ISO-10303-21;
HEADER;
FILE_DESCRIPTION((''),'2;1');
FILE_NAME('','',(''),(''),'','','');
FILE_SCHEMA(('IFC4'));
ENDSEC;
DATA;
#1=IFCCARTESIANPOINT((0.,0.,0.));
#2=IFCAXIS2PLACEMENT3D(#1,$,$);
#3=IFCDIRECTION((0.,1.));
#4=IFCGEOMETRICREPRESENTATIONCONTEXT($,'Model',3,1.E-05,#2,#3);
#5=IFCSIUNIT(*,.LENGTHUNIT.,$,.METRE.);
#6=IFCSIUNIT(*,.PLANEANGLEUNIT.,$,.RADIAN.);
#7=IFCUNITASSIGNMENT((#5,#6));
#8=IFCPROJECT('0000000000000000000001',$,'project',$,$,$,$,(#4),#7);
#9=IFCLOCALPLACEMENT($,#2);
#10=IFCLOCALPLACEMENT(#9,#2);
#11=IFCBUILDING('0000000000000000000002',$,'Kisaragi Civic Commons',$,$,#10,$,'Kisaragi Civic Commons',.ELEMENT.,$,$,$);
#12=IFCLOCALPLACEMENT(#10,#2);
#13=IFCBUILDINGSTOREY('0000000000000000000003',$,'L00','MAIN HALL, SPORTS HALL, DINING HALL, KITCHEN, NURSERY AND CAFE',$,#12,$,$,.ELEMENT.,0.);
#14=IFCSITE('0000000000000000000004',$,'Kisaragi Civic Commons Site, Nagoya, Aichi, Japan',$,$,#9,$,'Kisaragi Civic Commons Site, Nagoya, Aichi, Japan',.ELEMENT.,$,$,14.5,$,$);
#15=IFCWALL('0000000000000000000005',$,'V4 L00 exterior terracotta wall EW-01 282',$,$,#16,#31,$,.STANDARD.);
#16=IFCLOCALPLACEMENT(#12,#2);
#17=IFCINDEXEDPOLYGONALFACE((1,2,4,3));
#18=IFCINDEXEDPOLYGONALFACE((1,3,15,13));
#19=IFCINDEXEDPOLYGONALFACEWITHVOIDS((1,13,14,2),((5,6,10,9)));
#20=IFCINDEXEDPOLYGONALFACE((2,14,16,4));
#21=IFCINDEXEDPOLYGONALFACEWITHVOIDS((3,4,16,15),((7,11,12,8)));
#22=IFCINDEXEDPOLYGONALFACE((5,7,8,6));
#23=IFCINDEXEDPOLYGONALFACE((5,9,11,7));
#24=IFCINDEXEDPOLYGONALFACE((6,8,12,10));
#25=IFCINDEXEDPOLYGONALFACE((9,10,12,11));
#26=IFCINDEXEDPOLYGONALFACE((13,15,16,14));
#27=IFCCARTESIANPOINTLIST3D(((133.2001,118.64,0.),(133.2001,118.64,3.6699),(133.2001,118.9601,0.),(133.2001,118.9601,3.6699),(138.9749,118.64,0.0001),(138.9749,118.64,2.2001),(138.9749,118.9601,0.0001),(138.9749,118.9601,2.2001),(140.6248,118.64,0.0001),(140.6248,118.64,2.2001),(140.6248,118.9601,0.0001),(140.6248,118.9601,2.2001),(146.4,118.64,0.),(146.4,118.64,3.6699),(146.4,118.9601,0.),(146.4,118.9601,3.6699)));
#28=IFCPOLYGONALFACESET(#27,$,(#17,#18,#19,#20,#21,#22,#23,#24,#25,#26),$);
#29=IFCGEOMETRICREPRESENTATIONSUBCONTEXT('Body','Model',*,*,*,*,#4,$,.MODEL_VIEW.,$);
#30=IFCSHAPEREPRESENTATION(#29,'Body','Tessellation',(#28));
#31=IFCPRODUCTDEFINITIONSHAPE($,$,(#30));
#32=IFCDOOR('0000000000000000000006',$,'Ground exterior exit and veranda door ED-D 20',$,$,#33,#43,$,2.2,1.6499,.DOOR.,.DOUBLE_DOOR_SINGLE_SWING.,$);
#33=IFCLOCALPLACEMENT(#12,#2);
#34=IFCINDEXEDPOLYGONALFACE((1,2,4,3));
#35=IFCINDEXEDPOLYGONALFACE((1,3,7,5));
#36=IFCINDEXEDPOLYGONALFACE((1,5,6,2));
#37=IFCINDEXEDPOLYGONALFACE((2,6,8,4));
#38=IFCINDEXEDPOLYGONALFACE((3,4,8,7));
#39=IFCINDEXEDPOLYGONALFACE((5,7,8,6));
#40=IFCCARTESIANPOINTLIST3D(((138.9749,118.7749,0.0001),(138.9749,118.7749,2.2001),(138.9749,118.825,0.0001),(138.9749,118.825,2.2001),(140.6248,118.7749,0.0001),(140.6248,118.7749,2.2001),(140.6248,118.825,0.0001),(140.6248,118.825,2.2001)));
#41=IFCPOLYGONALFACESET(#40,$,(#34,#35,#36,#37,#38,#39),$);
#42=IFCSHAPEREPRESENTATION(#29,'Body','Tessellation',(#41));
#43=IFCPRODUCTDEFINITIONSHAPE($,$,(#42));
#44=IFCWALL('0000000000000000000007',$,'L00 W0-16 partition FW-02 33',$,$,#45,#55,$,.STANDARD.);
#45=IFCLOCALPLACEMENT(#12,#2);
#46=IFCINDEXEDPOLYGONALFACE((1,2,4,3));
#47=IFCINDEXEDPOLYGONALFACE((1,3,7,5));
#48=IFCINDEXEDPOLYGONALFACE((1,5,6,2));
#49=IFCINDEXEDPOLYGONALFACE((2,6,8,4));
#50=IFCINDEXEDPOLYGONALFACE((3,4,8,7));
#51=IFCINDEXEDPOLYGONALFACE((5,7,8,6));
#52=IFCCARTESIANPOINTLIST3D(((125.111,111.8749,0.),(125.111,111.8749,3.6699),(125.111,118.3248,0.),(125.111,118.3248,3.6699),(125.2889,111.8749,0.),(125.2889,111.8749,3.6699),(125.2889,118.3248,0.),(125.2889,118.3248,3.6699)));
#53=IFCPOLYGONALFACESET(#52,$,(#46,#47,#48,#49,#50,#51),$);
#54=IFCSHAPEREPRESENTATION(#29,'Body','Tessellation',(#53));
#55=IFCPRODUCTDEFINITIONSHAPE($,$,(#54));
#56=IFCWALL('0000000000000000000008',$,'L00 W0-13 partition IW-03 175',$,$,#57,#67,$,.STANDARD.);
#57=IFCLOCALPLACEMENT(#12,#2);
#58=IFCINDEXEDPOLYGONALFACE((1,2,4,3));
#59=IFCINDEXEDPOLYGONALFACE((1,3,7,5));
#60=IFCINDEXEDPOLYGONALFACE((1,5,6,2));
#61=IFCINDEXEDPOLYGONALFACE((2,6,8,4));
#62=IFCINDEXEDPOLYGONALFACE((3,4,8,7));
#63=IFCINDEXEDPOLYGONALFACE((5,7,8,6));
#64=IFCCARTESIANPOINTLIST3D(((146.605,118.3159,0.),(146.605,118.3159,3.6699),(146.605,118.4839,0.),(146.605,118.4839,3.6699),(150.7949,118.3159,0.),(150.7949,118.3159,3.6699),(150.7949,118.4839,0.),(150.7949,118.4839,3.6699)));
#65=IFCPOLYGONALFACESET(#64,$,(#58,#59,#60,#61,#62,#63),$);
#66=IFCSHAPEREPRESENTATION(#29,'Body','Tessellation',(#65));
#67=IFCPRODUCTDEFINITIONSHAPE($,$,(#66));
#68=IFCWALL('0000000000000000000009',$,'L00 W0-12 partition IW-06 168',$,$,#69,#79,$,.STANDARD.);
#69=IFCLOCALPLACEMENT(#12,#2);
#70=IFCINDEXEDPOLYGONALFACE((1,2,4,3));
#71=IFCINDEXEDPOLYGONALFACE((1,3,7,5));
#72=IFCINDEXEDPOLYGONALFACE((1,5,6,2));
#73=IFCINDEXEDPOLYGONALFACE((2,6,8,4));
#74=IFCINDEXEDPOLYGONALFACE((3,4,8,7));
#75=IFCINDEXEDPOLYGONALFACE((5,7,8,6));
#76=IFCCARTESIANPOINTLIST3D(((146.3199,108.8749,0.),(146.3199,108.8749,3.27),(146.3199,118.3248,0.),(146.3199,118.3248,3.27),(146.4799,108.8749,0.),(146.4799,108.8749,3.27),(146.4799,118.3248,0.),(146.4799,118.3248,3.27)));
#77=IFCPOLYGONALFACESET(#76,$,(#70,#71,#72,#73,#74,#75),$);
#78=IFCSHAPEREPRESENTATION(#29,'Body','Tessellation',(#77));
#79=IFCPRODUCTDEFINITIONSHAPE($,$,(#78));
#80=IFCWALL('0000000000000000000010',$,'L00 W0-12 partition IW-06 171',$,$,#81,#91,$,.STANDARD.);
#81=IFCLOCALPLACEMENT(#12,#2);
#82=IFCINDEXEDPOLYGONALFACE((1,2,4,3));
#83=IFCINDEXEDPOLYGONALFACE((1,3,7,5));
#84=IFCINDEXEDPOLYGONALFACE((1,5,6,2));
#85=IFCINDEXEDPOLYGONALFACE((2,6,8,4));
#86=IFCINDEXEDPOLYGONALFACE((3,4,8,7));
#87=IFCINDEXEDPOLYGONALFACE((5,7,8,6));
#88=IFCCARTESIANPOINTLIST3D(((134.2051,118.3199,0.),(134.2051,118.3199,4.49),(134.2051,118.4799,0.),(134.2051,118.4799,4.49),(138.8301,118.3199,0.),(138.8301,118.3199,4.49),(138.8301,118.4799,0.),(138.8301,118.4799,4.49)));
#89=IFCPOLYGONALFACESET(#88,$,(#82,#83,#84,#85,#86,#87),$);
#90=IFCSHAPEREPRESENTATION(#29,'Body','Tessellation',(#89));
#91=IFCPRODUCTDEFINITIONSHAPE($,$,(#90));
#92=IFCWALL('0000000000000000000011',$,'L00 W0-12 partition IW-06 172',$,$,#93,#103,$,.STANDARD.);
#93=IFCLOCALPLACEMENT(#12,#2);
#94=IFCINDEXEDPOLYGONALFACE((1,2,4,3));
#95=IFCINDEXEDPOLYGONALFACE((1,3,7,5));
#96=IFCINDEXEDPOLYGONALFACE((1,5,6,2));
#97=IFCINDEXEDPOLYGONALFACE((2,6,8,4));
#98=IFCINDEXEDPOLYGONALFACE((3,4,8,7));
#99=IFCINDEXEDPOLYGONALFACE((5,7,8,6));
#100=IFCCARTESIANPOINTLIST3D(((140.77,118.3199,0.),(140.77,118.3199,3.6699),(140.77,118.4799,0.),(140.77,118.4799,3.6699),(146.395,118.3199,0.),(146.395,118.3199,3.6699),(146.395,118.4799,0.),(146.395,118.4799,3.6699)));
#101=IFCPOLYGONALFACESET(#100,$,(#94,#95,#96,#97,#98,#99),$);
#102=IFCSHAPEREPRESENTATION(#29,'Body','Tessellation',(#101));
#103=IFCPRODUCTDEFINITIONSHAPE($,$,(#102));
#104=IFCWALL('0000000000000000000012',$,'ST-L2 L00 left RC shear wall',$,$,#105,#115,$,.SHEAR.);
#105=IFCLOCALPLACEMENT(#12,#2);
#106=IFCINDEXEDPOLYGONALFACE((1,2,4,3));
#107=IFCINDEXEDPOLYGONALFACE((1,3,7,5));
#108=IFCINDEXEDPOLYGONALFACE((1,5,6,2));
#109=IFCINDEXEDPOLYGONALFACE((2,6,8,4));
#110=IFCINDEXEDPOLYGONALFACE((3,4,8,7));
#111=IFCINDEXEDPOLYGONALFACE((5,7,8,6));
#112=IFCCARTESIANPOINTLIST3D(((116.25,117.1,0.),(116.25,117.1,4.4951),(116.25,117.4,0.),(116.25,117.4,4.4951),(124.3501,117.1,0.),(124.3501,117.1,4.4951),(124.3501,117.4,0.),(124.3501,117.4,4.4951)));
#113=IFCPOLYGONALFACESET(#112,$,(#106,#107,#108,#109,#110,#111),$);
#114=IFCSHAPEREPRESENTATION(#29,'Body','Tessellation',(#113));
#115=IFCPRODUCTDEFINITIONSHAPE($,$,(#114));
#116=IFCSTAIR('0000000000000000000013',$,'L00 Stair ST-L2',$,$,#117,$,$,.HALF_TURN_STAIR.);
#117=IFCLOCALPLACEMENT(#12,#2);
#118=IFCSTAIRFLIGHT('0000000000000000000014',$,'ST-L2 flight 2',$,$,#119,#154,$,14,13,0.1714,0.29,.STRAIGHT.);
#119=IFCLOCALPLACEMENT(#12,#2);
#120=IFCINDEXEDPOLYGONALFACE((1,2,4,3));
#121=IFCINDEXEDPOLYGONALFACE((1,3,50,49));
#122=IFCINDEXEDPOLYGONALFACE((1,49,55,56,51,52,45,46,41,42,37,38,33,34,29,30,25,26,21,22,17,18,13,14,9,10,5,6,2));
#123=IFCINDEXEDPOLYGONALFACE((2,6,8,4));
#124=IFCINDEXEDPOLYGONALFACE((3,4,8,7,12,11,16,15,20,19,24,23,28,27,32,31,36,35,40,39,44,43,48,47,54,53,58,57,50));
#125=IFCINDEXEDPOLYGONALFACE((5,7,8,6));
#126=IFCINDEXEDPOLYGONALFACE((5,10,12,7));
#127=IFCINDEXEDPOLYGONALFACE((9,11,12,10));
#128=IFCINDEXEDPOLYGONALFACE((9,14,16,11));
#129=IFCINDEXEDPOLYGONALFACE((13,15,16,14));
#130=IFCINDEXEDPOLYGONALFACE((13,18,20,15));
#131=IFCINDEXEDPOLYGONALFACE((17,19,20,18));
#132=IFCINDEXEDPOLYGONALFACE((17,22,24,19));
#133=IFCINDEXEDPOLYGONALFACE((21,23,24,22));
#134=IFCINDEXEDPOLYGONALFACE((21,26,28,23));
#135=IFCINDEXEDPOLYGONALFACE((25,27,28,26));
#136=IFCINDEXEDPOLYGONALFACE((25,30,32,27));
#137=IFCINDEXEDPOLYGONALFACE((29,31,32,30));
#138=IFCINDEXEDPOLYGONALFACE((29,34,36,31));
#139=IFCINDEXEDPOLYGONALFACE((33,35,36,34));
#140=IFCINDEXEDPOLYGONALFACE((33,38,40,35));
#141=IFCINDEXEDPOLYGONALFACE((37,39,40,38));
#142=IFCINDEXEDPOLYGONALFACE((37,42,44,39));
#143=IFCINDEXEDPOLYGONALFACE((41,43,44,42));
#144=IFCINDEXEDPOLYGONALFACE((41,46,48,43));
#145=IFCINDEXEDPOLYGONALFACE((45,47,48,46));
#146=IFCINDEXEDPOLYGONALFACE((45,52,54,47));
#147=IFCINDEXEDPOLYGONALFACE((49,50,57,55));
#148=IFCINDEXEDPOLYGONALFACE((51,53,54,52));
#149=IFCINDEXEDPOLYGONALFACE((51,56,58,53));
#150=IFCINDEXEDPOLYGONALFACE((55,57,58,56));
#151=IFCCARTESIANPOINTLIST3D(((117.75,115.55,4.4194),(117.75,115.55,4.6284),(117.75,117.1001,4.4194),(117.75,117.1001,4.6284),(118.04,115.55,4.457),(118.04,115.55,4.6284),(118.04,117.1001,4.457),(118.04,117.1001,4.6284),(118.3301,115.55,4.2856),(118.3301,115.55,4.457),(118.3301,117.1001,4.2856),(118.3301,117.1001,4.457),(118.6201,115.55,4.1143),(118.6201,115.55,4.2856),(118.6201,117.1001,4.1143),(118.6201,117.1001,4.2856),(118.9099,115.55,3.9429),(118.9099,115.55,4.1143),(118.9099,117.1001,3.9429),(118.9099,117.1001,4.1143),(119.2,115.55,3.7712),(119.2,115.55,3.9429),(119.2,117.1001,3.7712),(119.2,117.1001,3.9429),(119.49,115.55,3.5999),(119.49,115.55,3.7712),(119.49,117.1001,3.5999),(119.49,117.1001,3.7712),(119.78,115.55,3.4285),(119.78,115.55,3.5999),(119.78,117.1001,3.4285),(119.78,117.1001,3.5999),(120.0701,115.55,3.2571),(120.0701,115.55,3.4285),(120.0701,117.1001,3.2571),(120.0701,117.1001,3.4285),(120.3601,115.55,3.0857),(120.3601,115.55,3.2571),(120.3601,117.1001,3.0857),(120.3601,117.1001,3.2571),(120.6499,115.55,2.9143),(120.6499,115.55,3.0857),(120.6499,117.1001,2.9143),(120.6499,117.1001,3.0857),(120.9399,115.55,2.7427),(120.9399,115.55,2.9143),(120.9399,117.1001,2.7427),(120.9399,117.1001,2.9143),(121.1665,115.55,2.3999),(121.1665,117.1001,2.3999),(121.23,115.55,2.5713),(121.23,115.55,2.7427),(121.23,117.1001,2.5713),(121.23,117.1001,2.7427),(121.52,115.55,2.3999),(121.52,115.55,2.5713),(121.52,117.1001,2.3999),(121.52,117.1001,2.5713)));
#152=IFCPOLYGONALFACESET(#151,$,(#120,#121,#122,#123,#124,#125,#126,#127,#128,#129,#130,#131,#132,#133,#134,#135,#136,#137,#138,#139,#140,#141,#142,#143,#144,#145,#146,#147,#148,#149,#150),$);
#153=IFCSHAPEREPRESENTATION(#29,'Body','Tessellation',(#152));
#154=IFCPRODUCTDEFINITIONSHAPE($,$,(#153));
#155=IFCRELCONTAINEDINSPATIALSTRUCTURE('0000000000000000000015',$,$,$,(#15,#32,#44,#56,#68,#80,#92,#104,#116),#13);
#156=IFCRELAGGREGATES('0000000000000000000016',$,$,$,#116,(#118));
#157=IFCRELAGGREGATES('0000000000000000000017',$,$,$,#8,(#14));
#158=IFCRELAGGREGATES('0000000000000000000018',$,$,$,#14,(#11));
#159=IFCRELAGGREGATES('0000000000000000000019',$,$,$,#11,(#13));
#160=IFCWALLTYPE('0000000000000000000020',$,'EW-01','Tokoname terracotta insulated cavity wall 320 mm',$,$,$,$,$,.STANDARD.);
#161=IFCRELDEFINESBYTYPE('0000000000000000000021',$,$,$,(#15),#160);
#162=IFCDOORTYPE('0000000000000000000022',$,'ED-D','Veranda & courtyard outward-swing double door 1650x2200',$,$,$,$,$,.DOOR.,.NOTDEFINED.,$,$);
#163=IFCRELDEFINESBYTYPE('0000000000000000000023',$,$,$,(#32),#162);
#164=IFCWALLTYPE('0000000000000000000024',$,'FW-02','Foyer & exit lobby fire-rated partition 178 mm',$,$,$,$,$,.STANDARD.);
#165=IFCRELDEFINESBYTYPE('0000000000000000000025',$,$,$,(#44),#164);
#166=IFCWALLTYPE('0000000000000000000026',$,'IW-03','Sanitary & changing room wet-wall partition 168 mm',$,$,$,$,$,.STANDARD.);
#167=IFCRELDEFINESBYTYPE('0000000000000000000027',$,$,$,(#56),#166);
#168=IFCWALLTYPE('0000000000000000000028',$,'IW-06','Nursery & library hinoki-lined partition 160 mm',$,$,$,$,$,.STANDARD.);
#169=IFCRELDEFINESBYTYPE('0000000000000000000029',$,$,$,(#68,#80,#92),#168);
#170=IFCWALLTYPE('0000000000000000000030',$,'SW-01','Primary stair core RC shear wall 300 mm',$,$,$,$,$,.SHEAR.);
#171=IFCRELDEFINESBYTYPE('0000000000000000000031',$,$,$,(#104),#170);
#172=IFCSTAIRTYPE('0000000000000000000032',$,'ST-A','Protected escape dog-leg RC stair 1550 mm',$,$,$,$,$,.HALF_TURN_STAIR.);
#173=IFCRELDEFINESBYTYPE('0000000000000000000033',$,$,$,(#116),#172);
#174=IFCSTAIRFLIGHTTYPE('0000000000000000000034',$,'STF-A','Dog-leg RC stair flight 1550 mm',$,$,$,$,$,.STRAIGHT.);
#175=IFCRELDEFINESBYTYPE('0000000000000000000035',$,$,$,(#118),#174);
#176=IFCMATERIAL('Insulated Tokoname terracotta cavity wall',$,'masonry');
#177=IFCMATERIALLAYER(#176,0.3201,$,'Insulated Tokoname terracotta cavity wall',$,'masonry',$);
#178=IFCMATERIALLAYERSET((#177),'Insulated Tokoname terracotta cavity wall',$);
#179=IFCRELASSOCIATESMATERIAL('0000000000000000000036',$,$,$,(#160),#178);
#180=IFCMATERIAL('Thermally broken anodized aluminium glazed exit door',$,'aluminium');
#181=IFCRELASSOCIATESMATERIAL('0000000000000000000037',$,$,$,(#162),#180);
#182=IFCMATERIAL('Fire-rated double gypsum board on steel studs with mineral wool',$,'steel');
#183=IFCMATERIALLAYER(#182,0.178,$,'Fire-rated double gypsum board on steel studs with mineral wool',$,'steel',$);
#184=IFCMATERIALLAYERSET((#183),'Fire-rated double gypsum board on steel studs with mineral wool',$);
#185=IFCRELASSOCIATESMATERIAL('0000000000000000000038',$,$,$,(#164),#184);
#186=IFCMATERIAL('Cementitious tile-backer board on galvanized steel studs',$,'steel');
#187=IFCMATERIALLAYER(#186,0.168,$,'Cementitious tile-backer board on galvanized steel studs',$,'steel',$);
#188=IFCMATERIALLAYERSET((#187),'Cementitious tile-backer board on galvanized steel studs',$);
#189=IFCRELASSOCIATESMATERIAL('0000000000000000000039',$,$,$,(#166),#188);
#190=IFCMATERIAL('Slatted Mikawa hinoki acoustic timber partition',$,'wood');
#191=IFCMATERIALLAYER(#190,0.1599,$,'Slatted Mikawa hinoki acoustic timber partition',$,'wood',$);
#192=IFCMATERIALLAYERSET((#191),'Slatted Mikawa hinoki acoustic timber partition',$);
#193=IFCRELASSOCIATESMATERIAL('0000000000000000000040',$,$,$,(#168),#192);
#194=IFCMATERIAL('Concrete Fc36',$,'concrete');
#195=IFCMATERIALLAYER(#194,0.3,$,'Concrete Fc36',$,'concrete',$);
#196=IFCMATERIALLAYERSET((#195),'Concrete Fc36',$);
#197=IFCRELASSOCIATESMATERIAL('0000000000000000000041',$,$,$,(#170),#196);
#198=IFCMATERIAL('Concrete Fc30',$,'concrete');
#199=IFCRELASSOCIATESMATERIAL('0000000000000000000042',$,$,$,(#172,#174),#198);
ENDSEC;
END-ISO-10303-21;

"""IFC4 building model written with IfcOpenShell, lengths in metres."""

from ifc_helpers import new_model, si_unit, direction, frame, frame_2d, origin, place, context, subcontext, project, spatial, polyline, rectangle, outline, extrude, material, layer, layer_set, type_object, element, fill, aggregate, save


model = new_model("IFC4")

# Units and contexts
model_context = context("Model", 3, precision=1e-05, world=origin(), true_north=direction((0.0, 1.0)))
body_context = subcontext(model_context, "Body", "Model", "MODEL_VIEW")
ifc_project = project(units=[si_unit("LENGTHUNIT", "METRE"), si_unit("PLANEANGLEUNIT", "RADIAN")], contexts=[model_context])

# Site, building, storey
site_placement = place(None, origin())
site = spatial("IfcSite", under=ifc_project, at=site_placement, Name="Kisaragi Civic Commons Site, Nagoya, Aichi, Japan", LongName="Kisaragi Civic Commons Site, Nagoya, Aichi, Japan", CompositionType="ELEMENT", RefElevation=14.5)
building_placement = place(site_placement, origin())
building = spatial("IfcBuilding", under=site, at=building_placement, Name="Kisaragi Civic Commons", LongName="Kisaragi Civic Commons", CompositionType="ELEMENT")
storey_placement = place(building_placement, origin())
storey = spatial("IfcBuildingStorey", under=building, at=storey_placement, Name="L00", Description="MAIN HALL, SPORTS HALL, DINING HALL, KITCHEN, NURSERY AND CAFE", CompositionType="ELEMENT", Elevation=0.0)

# Shared definitions
ifc_material_1 = material(Name="Concrete Fc36", Category="concrete")

# Wall, opening, door
ifc_material_2 = material(Name="Insulated Tokoname terracotta cavity wall", Category="masonry")
ifc_layer_1 = layer(ifc_material_2, 0.3201, Name="Insulated Tokoname terracotta cavity wall", Category="masonry")
ifc_layer_set_1 = layer_set([ifc_layer_1], Name="Insulated Tokoname terracotta cavity wall")
wall_type_1 = type_object("IfcWallType", Name="EW-01", Description="Tokoname terracotta insulated cavity wall 320 mm", PredefinedType="STANDARD", material=ifc_layer_set_1)
ifc_material_3 = material(Name="Thermally broken anodized aluminium glazed exit door", Category="aluminium")
wall_1_placement = place(storey_placement, frame((133.2, 118.8, 0.0), z_axis=(0.0, 0.0, 1.0), x_axis=(1.0, 0.0, 0.0)))
wall_1 = element("IfcWall", 1, at=wall_1_placement, inside=storey, type_object=wall_type_1, Name="V4 L00 exterior terracotta wall EW-01 282", PredefinedType="STANDARD", context=body_context, shape_type="SweptSolid", body=[
    extrude(rectangle(XDim=13.2, YDim=0.3201, at=frame_2d((6.6001, 0.0))), origin(), (0.0, 0.0, 1.0), 3.6699),
])
opening_1_placement = place(wall_1_placement, frame((5.7749, 0.0, 0.0)))
opening_1 = element("IfcOpeningElement", 2, at=opening_1_placement, cuts=wall_1, PredefinedType="OPENING", context=body_context, shape_type="SweptSolid", body=[
    extrude(rectangle(XDim=1.6499, YDim=2.2, at=frame_2d((0.825, 1.1001))), frame((0.0, 0.1699, 0.0), z_axis=(0.0, -1.0, 0.0), x_axis=(1.0, 0.0, 0.0)), (0.0, 0.0, 1.0), 0.3401),
])
door_type_1 = type_object("IfcDoorType", Name="ED-D", Description="Veranda & courtyard outward-swing double door 1650x2200", OperationType="NOTDEFINED", PredefinedType="DOOR", material=ifc_material_3)
door_1_placement = place(opening_1_placement, origin())
door_1 = element("IfcDoor", 3, at=door_1_placement, inside=storey, type_object=door_type_1, Name="Ground exterior exit and veranda door ED-D 20", OperationType="DOUBLE_DOOR_SINGLE_SWING", OverallHeight=2.2, OverallWidth=1.6499, PredefinedType="DOOR", context=body_context, shape_type="SweptSolid", body=[
    extrude(rectangle(XDim=1.6499, YDim=2.2, at=frame_2d((0.825, 1.1001))), frame((0.0, 0.0249, 0.0), z_axis=(0.0, -1.0, 0.0), x_axis=(1.0, 0.0, 0.0)), (0.0, 0.0, 1.0), 0.05),
])
fill(opening_1, door_1)

# Walls
ifc_material_4 = material(Name="Fire-rated double gypsum board on steel studs with mineral wool", Category="steel")
ifc_layer_2 = layer(ifc_material_4, 0.178, Name="Fire-rated double gypsum board on steel studs with mineral wool", Category="steel")
ifc_layer_set_2 = layer_set([ifc_layer_2], Name="Fire-rated double gypsum board on steel studs with mineral wool")
wall_type_2 = type_object("IfcWallType", Name="FW-02", Description="Foyer & exit lobby fire-rated partition 178 mm", PredefinedType="STANDARD", material=ifc_layer_set_2)
wall_2_placement = place(storey_placement, frame((125.2, 118.325, 0.0), z_axis=(0.0, 0.0, 1.0), x_axis=(0.0, -1.0, 0.0)))
element("IfcWall", 4, at=wall_2_placement, inside=storey, type_object=wall_type_2, Name="L00 W0-16 partition FW-02 33", PredefinedType="STANDARD", context=body_context, shape_type="SweptSolid", body=[
    extrude(rectangle(XDim=6.45, YDim=0.178, at=frame_2d((3.2251, 0.0))), origin(), (0.0, 0.0, 1.0), 3.6699),
])
ifc_material_5 = material(Name="Cementitious tile-backer board on galvanized steel studs", Category="steel")
ifc_layer_3 = layer(ifc_material_5, 0.168, Name="Cementitious tile-backer board on galvanized steel studs", Category="steel")
ifc_layer_set_3 = layer_set([ifc_layer_3], Name="Cementitious tile-backer board on galvanized steel studs")
wall_type_3 = type_object("IfcWallType", Name="IW-03", Description="Sanitary & changing room wet-wall partition 168 mm", PredefinedType="STANDARD", material=ifc_layer_set_3)
wall_3_placement = place(storey_placement, frame((146.605, 118.3999, 0.0), z_axis=(0.0, 0.0, 1.0), x_axis=(1.0, 0.0, 0.0)))
element("IfcWall", 5, at=wall_3_placement, inside=storey, type_object=wall_type_3, Name="L00 W0-13 partition IW-03 175", PredefinedType="STANDARD", context=body_context, shape_type="SweptSolid", body=[
    extrude(rectangle(XDim=4.1899, YDim=0.168, at=frame_2d((2.095, 0.0))), origin(), (0.0, 0.0, 1.0), 3.6699),
])
ifc_material_6 = material(Name="Slatted Mikawa hinoki acoustic timber partition", Category="wood")
ifc_layer_4 = layer(ifc_material_6, 0.1599, Name="Slatted Mikawa hinoki acoustic timber partition", Category="wood")
ifc_layer_set_4 = layer_set([ifc_layer_4], Name="Slatted Mikawa hinoki acoustic timber partition")
wall_type_4 = type_object("IfcWallType", Name="IW-06", Description="Nursery & library hinoki-lined partition 160 mm", PredefinedType="STANDARD", material=ifc_layer_set_4)
wall_4_placement = place(storey_placement, frame((146.3999, 118.325, 0.0), z_axis=(0.0, 0.0, 1.0), x_axis=(0.0, -1.0, 0.0)))
element("IfcWall", 6, at=wall_4_placement, inside=storey, type_object=wall_type_4, Name="L00 W0-12 partition IW-06 168", PredefinedType="STANDARD", context=body_context, shape_type="SweptSolid", body=[
    extrude(rectangle(XDim=9.45, YDim=0.1599, at=frame_2d((4.7251, 0.0))), origin(), (0.0, 0.0, 1.0), 3.27),
])
wall_5_placement = place(storey_placement, frame((134.2051, 118.3999, 0.0), z_axis=(0.0, 0.0, 1.0), x_axis=(1.0, 0.0, 0.0)))
element("IfcWall", 7, at=wall_5_placement, inside=storey, type_object=wall_type_4, Name="L00 W0-12 partition IW-06 171", PredefinedType="STANDARD", context=body_context, shape_type="SweptSolid", body=[
    extrude(rectangle(XDim=4.625, YDim=0.1599, at=frame_2d((2.3125, 0.0))), origin(), (0.0, 0.0, 1.0), 4.49),
])
wall_6_placement = place(storey_placement, frame((140.77, 118.3999, 0.0), z_axis=(0.0, 0.0, 1.0), x_axis=(1.0, 0.0, 0.0)))
element("IfcWall", 8, at=wall_6_placement, inside=storey, type_object=wall_type_4, Name="L00 W0-12 partition IW-06 172", PredefinedType="STANDARD", context=body_context, shape_type="SweptSolid", body=[
    extrude(rectangle(XDim=5.625, YDim=0.1599, at=frame_2d((2.8125, 0.0))), origin(), (0.0, 0.0, 1.0), 3.6699),
])
ifc_layer_5 = layer(ifc_material_1, 0.3, Name="Concrete Fc36", Category="concrete")
ifc_layer_set_5 = layer_set([ifc_layer_5], Name="Concrete Fc36")
wall_type_5 = type_object("IfcWallType", Name="SW-01", Description="Primary stair core RC shear wall 300 mm", PredefinedType="SHEAR", material=ifc_layer_set_5)
wall_7_placement = place(storey_placement, frame((124.3501, 117.25, 0.0), z_axis=(0.0, 0.0, 1.0), x_axis=(-1.0, 0.0, 0.0)))
element("IfcWall", 9, at=wall_7_placement, inside=storey, type_object=wall_type_5, Name="ST-L2 L00 left RC shear wall", PredefinedType="SHEAR", context=body_context, shape_type="SweptSolid", body=[
    extrude(rectangle(XDim=8.1001, YDim=0.3, at=frame_2d((4.05, 0.0))), origin(), (0.0, 0.0, 1.0), 4.4951),
])

# Stair, stair flight
ifc_material_7 = material(Name="Concrete Fc30", Category="concrete")
stair_type = type_object("IfcStairType", Name="ST-A", Description="Protected escape dog-leg RC stair 1550 mm", PredefinedType="HALF_TURN_STAIR", material=ifc_material_7)
stair_placement = place(storey_placement, origin())
stair = element("IfcStair", 10, at=stair_placement, inside=storey, type_object=stair_type, Name="L00 Stair ST-L2", PredefinedType="HALF_TURN_STAIR")
stair_flight_type = type_object("IfcStairFlightType", Name="STF-A", Description="Dog-leg RC stair flight 1550 mm", PredefinedType="STRAIGHT", material=ifc_material_7)
stair_flight_placement = place(storey_placement, frame((121.52, 116.325, 2.3999), z_axis=(0.0, 0.0, 1.0), x_axis=(-1.0, 0.0, 0.0)))
stair_flight = element("IfcStairFlight", 11, at=stair_flight_placement, type_object=stair_flight_type, Name="ST-L2 flight 2", NumberOfRisers=14, NumberOfTreads=13, PredefinedType="STRAIGHT", RiserHeight=0.1714, TreadLength=0.29, context=body_context, shape_type="SweptSolid", body=[
    extrude(outline(polyline([(0.0, 0.0), (0.0, 0.1714), (0.29, 0.1714), (0.29, 0.3428), (0.5801, 0.3428), (0.5801, 0.5144), (0.8701, 0.5144), (0.8701, 0.6858), (1.1599, 0.6858), (1.1599, 0.8572), (1.45, 0.8572), (1.45, 1.0286), (1.74, 1.0286), (1.74, 1.2), (2.03, 1.2), (2.03, 1.3713), (2.3201, 1.3713), (2.3201, 1.543), (2.6101, 1.543), (2.6101, 1.7144), (2.8999, 1.7144), (2.8999, 1.8857), (3.1899, 1.8857), (3.1899, 2.0571), (3.48, 2.0571), (3.48, 2.2285), (3.77, 2.2285), (3.77, 2.3999), (3.77, 2.0195), (0.3535, 0.0), (0.0, 0.0)])), frame((0.0, 0.7749, 0.0), z_axis=(0.0, -1.0, 0.0), x_axis=(1.0, 0.0, 0.0)), (0.0, 0.0, 1.0), 1.55),
])
aggregate(stair, [stair_flight])

save(model, "model.ifc")
